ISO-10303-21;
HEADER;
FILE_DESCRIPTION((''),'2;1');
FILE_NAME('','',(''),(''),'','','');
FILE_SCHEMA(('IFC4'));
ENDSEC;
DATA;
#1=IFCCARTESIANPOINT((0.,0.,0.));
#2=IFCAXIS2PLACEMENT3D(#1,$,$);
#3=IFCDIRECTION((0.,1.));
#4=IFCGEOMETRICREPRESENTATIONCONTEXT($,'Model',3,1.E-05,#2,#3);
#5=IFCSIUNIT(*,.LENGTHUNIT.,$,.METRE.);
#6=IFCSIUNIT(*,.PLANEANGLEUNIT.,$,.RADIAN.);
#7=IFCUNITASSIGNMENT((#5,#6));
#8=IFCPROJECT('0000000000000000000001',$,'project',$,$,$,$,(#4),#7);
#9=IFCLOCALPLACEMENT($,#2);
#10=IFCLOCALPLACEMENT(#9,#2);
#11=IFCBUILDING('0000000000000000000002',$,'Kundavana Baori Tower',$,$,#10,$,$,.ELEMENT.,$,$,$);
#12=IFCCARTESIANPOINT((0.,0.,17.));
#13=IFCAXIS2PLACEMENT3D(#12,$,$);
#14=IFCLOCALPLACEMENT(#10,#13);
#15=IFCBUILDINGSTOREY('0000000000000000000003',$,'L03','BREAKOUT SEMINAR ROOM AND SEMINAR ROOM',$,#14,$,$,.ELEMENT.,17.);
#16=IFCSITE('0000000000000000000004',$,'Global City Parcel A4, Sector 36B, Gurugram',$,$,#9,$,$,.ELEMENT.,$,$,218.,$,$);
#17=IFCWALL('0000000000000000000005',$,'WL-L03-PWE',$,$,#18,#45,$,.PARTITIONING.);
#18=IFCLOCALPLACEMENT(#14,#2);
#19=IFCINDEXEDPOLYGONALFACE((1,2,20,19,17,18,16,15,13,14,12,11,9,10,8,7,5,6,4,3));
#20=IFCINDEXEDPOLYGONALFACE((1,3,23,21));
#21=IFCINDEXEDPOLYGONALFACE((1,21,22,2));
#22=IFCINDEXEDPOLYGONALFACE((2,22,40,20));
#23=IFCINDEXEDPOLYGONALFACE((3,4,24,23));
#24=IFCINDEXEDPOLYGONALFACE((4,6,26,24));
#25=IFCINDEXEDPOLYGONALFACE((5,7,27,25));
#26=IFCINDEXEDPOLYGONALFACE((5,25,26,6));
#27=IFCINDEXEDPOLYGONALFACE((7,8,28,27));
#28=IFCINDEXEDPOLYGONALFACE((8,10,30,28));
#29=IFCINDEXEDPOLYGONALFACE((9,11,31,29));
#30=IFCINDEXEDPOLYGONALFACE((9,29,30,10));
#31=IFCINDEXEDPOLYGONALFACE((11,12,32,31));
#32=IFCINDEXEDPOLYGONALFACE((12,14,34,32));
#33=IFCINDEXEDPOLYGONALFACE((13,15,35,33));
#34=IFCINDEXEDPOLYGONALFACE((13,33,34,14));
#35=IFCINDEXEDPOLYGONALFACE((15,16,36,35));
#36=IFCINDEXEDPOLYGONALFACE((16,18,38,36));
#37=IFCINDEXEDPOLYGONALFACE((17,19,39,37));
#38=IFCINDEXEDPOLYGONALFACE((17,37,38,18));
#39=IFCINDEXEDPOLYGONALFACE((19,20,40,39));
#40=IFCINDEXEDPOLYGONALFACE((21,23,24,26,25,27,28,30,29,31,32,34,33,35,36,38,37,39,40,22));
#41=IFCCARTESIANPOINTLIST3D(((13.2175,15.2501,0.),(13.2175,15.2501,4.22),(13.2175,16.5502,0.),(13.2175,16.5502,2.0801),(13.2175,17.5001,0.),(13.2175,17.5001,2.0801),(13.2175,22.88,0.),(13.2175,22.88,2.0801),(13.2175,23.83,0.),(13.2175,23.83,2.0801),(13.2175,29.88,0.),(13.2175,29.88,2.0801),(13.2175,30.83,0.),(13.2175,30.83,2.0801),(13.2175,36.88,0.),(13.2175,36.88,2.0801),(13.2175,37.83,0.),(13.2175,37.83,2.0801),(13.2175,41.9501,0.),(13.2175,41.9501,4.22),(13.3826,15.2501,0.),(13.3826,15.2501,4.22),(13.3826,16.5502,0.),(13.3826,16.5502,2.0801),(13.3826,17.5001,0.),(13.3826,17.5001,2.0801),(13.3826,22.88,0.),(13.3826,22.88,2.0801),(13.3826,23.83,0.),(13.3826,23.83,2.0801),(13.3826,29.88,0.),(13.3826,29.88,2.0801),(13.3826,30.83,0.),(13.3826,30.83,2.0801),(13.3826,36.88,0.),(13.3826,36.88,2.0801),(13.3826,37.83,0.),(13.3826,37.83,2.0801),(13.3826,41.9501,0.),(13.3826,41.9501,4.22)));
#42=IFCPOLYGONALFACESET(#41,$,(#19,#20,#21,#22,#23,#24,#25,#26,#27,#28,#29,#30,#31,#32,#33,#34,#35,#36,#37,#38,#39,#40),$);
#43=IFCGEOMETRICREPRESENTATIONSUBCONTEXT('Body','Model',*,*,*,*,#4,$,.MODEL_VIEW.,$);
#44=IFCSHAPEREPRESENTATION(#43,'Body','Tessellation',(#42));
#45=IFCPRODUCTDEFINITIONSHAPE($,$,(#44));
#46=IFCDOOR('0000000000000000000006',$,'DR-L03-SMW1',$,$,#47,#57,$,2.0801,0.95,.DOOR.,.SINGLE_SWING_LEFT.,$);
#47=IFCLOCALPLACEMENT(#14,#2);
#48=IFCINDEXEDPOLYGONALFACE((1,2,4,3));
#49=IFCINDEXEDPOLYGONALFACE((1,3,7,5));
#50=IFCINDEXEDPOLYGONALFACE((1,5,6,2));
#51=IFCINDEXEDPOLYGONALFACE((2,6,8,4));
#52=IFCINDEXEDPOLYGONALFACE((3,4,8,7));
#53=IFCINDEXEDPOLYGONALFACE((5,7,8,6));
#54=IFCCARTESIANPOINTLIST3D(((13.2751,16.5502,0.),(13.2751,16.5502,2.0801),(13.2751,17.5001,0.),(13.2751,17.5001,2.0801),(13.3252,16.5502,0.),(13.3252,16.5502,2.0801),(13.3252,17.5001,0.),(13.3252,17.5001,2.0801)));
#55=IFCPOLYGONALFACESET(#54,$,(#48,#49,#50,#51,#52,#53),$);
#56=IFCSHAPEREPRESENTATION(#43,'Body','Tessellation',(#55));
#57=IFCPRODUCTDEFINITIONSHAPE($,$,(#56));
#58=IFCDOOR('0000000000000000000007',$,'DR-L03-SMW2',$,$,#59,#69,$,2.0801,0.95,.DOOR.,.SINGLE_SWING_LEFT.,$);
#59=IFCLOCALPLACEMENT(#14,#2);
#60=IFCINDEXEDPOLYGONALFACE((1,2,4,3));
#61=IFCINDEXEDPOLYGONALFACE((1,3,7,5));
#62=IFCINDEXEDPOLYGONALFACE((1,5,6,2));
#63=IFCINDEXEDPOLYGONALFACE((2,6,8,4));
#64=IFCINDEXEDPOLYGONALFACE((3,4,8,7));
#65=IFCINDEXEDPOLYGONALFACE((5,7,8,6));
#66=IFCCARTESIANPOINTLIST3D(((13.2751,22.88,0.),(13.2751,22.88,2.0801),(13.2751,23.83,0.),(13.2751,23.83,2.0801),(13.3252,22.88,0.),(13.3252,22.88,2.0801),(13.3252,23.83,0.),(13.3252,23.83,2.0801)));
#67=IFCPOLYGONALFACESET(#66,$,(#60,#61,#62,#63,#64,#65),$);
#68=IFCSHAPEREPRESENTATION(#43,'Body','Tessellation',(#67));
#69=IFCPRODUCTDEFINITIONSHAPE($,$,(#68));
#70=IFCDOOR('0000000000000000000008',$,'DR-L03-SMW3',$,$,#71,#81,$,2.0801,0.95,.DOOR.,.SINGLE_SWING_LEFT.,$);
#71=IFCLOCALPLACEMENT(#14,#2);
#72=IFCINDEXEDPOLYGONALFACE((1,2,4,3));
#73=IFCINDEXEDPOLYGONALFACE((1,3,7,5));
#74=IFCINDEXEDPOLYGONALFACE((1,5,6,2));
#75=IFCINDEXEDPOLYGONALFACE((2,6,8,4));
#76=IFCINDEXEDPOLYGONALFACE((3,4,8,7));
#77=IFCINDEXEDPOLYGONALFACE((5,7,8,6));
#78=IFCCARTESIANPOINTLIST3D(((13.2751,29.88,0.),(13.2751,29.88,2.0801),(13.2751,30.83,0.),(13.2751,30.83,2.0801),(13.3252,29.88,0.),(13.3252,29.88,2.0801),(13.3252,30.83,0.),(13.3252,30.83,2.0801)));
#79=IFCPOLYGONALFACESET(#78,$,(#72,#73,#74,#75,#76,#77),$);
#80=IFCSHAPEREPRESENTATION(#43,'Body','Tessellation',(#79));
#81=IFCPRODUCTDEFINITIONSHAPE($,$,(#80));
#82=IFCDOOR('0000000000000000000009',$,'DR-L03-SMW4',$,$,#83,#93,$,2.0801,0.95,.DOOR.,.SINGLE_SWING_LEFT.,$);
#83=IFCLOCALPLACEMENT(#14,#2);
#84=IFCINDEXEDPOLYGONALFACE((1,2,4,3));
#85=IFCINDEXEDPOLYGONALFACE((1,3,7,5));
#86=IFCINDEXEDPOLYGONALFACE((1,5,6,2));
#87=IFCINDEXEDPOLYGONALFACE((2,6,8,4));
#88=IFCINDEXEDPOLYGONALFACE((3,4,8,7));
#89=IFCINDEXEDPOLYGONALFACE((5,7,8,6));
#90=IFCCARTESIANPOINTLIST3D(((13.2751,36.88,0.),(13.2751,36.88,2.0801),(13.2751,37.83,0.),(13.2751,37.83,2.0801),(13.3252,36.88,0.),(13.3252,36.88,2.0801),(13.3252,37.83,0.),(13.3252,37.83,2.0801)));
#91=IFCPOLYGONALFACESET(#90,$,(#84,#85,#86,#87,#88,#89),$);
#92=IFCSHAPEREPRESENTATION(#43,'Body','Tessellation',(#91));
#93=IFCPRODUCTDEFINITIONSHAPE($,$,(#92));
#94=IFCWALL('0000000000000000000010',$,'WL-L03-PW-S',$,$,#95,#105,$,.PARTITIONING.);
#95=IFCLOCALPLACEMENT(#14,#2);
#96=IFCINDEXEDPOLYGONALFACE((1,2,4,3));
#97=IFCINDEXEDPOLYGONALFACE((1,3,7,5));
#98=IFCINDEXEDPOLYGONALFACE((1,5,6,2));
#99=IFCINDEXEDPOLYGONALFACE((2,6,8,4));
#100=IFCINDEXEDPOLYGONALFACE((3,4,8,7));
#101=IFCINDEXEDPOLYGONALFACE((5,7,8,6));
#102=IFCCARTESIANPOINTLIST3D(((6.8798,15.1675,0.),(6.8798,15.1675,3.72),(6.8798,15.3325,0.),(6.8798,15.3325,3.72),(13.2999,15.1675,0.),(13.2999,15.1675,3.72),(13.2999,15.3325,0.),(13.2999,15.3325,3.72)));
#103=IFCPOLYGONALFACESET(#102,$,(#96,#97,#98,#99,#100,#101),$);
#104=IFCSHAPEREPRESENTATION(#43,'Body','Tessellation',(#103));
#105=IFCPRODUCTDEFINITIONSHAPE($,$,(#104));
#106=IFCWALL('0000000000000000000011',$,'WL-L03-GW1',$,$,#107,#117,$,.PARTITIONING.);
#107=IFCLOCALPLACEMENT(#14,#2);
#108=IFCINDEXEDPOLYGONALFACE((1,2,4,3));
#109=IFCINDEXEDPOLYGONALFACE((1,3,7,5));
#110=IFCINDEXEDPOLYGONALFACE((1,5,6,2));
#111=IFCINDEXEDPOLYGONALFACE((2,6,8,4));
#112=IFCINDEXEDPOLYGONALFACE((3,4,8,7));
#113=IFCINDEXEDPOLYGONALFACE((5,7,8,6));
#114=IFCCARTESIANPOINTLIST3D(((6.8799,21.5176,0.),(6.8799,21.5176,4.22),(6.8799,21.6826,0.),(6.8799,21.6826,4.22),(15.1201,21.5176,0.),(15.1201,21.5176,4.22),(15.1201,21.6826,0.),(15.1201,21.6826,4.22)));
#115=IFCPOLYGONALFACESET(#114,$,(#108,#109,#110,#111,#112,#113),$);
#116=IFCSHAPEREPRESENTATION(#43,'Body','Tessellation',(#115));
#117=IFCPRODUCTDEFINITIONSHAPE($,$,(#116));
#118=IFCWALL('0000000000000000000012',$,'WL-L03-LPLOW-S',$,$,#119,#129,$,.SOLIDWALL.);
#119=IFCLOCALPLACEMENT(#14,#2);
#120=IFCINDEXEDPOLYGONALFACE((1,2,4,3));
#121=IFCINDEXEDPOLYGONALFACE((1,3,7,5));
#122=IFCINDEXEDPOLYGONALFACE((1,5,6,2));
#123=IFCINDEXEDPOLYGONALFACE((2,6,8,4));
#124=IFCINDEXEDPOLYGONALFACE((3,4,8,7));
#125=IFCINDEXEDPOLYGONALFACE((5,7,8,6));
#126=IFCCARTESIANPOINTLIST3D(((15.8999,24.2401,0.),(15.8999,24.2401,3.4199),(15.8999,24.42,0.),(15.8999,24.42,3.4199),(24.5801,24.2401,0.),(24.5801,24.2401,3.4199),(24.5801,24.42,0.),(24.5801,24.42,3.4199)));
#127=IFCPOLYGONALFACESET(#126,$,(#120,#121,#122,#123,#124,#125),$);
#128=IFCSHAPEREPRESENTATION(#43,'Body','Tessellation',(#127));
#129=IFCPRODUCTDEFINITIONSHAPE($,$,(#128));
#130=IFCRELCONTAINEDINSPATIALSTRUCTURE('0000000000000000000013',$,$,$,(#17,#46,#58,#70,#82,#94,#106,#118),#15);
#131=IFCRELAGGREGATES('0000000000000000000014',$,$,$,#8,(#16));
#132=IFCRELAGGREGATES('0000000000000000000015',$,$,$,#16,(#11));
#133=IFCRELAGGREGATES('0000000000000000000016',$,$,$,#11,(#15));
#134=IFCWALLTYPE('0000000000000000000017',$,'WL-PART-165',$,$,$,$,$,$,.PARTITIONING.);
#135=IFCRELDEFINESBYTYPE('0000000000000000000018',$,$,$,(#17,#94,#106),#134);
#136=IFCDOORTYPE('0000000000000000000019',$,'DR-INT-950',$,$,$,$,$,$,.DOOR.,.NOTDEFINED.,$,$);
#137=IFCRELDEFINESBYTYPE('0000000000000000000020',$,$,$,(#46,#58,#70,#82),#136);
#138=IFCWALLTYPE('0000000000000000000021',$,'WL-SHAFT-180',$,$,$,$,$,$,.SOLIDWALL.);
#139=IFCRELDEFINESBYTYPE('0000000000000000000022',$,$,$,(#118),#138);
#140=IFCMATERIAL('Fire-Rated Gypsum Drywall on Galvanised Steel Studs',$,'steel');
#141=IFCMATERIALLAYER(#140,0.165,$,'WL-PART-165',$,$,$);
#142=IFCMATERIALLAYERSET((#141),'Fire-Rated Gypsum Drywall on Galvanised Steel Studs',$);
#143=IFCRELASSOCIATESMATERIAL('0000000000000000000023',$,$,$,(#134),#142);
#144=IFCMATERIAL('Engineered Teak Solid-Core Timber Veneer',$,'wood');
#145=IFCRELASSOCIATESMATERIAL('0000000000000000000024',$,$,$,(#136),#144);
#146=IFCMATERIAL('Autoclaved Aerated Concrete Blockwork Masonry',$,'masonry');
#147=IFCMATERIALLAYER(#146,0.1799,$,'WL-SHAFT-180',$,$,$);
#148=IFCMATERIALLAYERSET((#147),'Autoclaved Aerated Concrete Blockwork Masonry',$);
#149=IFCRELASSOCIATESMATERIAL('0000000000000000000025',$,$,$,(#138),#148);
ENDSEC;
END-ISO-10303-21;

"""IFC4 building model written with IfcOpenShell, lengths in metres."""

from ifc_helpers import new_model, si_unit, direction, frame, frame_2d, origin, place, context, subcontext, project, spatial, rectangle, extrude, material, layer, layer_set, type_object, element, fill, save


model = new_model("IFC4")

# Units and contexts
model_context = context("Model", 3, precision=1e-05, world=origin(), true_north=direction((0.0, 1.0)))
body_context = subcontext(model_context, "Body", "Model", "MODEL_VIEW")
ifc_project = project(units=[si_unit("LENGTHUNIT", "METRE"), si_unit("PLANEANGLEUNIT", "RADIAN")], contexts=[model_context])

# Site, building, storey
site_placement = place(None, origin())
site = spatial("IfcSite", under=ifc_project, at=site_placement, Name="Global City Parcel A4, Sector 36B, Gurugram", CompositionType="ELEMENT", RefElevation=218.0)
building_placement = place(site_placement, origin())
building = spatial("IfcBuilding", under=site, at=building_placement, Name="Kundavana Baori Tower", CompositionType="ELEMENT")
storey_placement = place(building_placement, frame((0.0, 0.0, 17.0)))
storey = spatial("IfcBuildingStorey", under=building, at=storey_placement, Name="L03", Description="BREAKOUT SEMINAR ROOM AND SEMINAR ROOM", CompositionType="ELEMENT", Elevation=17.0)

# Wall, openings, doors
ifc_material_1 = material(Name="Fire-Rated Gypsum Drywall on Galvanised Steel Studs", Category="steel")
ifc_layer_1 = layer(ifc_material_1, 0.165, Name="WL-PART-165")
ifc_layer_set_1 = layer_set([ifc_layer_1], Name="Fire-Rated Gypsum Drywall on Galvanised Steel Studs")
wall_type_1 = type_object("IfcWallType", Name="WL-PART-165", PredefinedType="PARTITIONING", material=ifc_layer_set_1)
wall_1_placement = place(storey_placement, frame((13.3, 15.25, 0.0), z_axis=(0.0, 0.0, 1.0), x_axis=(0.0, 1.0, 0.0)))
wall_1 = element("IfcWall", 1, at=wall_1_placement, inside=storey, type_object=wall_type_1, Name="WL-L03-PWE", PredefinedType="PARTITIONING", context=body_context, shape_type="SweptSolid", body=[
    extrude(rectangle(XDim=26.7, YDim=0.165, at=frame_2d((13.3501, 0.0))), origin(), (0.0, 0.0, 1.0), 4.22),
])
opening_1_placement = place(wall_1_placement, frame((1.3, 0.0, 0.0)))
opening_1 = element("IfcOpeningElement", 2, at=opening_1_placement, cuts=wall_1, PredefinedType="OPENING", context=body_context, shape_type="SweptSolid", body=[
    extrude(rectangle(XDim=0.95, YDim=2.0801, at=frame_2d((0.4751, 1.04))), frame((0.0, 0.0925, 0.0), z_axis=(0.0, -1.0, 0.0), x_axis=(1.0, 0.0, 0.0)), (0.0, 0.0, 1.0), 0.1851),
])
opening_2_placement = place(wall_1_placement, frame((7.6299, 0.0, 0.0)))
opening_2 = element("IfcOpeningElement", 3, at=opening_2_placement, cuts=wall_1, PredefinedType="OPENING", context=body_context, shape_type="SweptSolid", body=[
    extrude(rectangle(XDim=0.95, YDim=2.0801, at=frame_2d((0.4751, 1.04))), frame((0.0, 0.0925, 0.0), z_axis=(0.0, -1.0, 0.0), x_axis=(1.0, 0.0, 0.0)), (0.0, 0.0, 1.0), 0.1851),
])
opening_3_placement = place(wall_1_placement, frame((14.6299, 0.0, 0.0)))
opening_3 = element("IfcOpeningElement", 4, at=opening_3_placement, cuts=wall_1, PredefinedType="OPENING", context=body_context, shape_type="SweptSolid", body=[
    extrude(rectangle(XDim=0.95, YDim=2.0801, at=frame_2d((0.4751, 1.04))), frame((0.0, 0.0925, 0.0), z_axis=(0.0, -1.0, 0.0), x_axis=(1.0, 0.0, 0.0)), (0.0, 0.0, 1.0), 0.1851),
])
opening_4_placement = place(wall_1_placement, frame((21.6299, 0.0, 0.0)))
opening_4 = element("IfcOpeningElement", 5, at=opening_4_placement, cuts=wall_1, PredefinedType="OPENING", context=body_context, shape_type="SweptSolid", body=[
    extrude(rectangle(XDim=0.95, YDim=2.0801, at=frame_2d((0.4751, 1.04))), frame((0.0, 0.0925, 0.0), z_axis=(0.0, -1.0, 0.0), x_axis=(1.0, 0.0, 0.0)), (0.0, 0.0, 1.0), 0.1851),
])
ifc_material_2 = material(Name="Engineered Teak Solid-Core Timber Veneer", Category="wood")
door_type_1 = type_object("IfcDoorType", Name="DR-INT-950", OperationType="NOTDEFINED", PredefinedType="DOOR", material=ifc_material_2)
door_1_placement = place(opening_1_placement, origin())
door_1 = element("IfcDoor", 6, at=door_1_placement, inside=storey, type_object=door_type_1, Name="DR-L03-SMW1", OperationType="SINGLE_SWING_LEFT", OverallHeight=2.0801, OverallWidth=0.95, PredefinedType="DOOR", context=body_context, shape_type="SweptSolid", body=[
    extrude(rectangle(XDim=0.95, YDim=2.0801, at=frame_2d((0.4751, 1.04))), frame((0.0, 0.0249, 0.0), z_axis=(0.0, -1.0, 0.0), x_axis=(1.0, 0.0, 0.0)), (0.0, 0.0, 1.0), 0.05),
])
fill(opening_1, door_1)
door_2_placement = place(opening_2_placement, origin())
door_2 = element("IfcDoor", 7, at=door_2_placement, inside=storey, type_object=door_type_1, Name="DR-L03-SMW2", OperationType="SINGLE_SWING_LEFT", OverallHeight=2.0801, OverallWidth=0.95, PredefinedType="DOOR", context=body_context, shape_type="SweptSolid", body=[
    extrude(rectangle(XDim=0.95, YDim=2.0801, at=frame_2d((0.4751, 1.04))), frame((0.0, 0.0249, 0.0), z_axis=(0.0, -1.0, 0.0), x_axis=(1.0, 0.0, 0.0)), (0.0, 0.0, 1.0), 0.05),
])
fill(opening_2, door_2)
door_3_placement = place(opening_3_placement, origin())
door_3 = element("IfcDoor", 8, at=door_3_placement, inside=storey, type_object=door_type_1, Name="DR-L03-SMW3", OperationType="SINGLE_SWING_LEFT", OverallHeight=2.0801, OverallWidth=0.95, PredefinedType="DOOR", context=body_context, shape_type="SweptSolid", body=[
    extrude(rectangle(XDim=0.95, YDim=2.0801, at=frame_2d((0.4751, 1.04))), frame((0.0, 0.0249, 0.0), z_axis=(0.0, -1.0, 0.0), x_axis=(1.0, 0.0, 0.0)), (0.0, 0.0, 1.0), 0.05),
])
fill(opening_3, door_3)
door_4_placement = place(opening_4_placement, origin())
door_4 = element("IfcDoor", 9, at=door_4_placement, inside=storey, type_object=door_type_1, Name="DR-L03-SMW4", OperationType="SINGLE_SWING_LEFT", OverallHeight=2.0801, OverallWidth=0.95, PredefinedType="DOOR", context=body_context, shape_type="SweptSolid", body=[
    extrude(rectangle(XDim=0.95, YDim=2.0801, at=frame_2d((0.4751, 1.04))), frame((0.0, 0.0249, 0.0), z_axis=(0.0, -1.0, 0.0), x_axis=(1.0, 0.0, 0.0)), (0.0, 0.0, 1.0), 0.05),
])
fill(opening_4, door_4)

# Walls
wall_2_placement = place(storey_placement, frame((6.8799, 15.25, 0.0), z_axis=(0.0, 0.0, 1.0), x_axis=(1.0, 0.0, 0.0)))
element("IfcWall", 10, at=wall_2_placement, inside=storey, type_object=wall_type_1, Name="WL-L03-PW-S", PredefinedType="PARTITIONING", context=body_context, shape_type="SweptSolid", body=[
    extrude(rectangle(XDim=6.4202, YDim=0.165, at=frame_2d((3.21, 0.0))), origin(), (0.0, 0.0, 1.0), 3.72),
])
wall_3_placement = place(storey_placement, frame((6.8799, 21.6001, 0.0), z_axis=(0.0, 0.0, 1.0), x_axis=(1.0, 0.0, 0.0)))
element("IfcWall", 11, at=wall_3_placement, inside=storey, type_object=wall_type_1, Name="WL-L03-GW1", PredefinedType="PARTITIONING", context=body_context, shape_type="SweptSolid", body=[
    extrude(rectangle(XDim=8.2402, YDim=0.165, at=frame_2d((4.1201, 0.0))), origin(), (0.0, 0.0, 1.0), 4.22),
])
ifc_material_3 = material(Name="Autoclaved Aerated Concrete Blockwork Masonry", Category="masonry")
ifc_layer_2 = layer(ifc_material_3, 0.1799, Name="WL-SHAFT-180")
ifc_layer_set_2 = layer_set([ifc_layer_2], Name="Autoclaved Aerated Concrete Blockwork Masonry")
wall_type_2 = type_object("IfcWallType", Name="WL-SHAFT-180", PredefinedType="SOLIDWALL", material=ifc_layer_set_2)
wall_4_placement = place(storey_placement, frame((15.8999, 24.3301, 0.0), z_axis=(0.0, 0.0, 1.0), x_axis=(1.0, 0.0, 0.0)))
element("IfcWall", 12, at=wall_4_placement, inside=storey, type_object=wall_type_2, Name="WL-L03-LPLOW-S", PredefinedType="SOLIDWALL", context=body_context, shape_type="SweptSolid", body=[
    extrude(rectangle(XDim=8.6802, YDim=0.1799, at=frame_2d((4.3401, 0.0))), origin(), (0.0, 0.0, 1.0), 3.4199),
])

save(model, "model.ifc")
